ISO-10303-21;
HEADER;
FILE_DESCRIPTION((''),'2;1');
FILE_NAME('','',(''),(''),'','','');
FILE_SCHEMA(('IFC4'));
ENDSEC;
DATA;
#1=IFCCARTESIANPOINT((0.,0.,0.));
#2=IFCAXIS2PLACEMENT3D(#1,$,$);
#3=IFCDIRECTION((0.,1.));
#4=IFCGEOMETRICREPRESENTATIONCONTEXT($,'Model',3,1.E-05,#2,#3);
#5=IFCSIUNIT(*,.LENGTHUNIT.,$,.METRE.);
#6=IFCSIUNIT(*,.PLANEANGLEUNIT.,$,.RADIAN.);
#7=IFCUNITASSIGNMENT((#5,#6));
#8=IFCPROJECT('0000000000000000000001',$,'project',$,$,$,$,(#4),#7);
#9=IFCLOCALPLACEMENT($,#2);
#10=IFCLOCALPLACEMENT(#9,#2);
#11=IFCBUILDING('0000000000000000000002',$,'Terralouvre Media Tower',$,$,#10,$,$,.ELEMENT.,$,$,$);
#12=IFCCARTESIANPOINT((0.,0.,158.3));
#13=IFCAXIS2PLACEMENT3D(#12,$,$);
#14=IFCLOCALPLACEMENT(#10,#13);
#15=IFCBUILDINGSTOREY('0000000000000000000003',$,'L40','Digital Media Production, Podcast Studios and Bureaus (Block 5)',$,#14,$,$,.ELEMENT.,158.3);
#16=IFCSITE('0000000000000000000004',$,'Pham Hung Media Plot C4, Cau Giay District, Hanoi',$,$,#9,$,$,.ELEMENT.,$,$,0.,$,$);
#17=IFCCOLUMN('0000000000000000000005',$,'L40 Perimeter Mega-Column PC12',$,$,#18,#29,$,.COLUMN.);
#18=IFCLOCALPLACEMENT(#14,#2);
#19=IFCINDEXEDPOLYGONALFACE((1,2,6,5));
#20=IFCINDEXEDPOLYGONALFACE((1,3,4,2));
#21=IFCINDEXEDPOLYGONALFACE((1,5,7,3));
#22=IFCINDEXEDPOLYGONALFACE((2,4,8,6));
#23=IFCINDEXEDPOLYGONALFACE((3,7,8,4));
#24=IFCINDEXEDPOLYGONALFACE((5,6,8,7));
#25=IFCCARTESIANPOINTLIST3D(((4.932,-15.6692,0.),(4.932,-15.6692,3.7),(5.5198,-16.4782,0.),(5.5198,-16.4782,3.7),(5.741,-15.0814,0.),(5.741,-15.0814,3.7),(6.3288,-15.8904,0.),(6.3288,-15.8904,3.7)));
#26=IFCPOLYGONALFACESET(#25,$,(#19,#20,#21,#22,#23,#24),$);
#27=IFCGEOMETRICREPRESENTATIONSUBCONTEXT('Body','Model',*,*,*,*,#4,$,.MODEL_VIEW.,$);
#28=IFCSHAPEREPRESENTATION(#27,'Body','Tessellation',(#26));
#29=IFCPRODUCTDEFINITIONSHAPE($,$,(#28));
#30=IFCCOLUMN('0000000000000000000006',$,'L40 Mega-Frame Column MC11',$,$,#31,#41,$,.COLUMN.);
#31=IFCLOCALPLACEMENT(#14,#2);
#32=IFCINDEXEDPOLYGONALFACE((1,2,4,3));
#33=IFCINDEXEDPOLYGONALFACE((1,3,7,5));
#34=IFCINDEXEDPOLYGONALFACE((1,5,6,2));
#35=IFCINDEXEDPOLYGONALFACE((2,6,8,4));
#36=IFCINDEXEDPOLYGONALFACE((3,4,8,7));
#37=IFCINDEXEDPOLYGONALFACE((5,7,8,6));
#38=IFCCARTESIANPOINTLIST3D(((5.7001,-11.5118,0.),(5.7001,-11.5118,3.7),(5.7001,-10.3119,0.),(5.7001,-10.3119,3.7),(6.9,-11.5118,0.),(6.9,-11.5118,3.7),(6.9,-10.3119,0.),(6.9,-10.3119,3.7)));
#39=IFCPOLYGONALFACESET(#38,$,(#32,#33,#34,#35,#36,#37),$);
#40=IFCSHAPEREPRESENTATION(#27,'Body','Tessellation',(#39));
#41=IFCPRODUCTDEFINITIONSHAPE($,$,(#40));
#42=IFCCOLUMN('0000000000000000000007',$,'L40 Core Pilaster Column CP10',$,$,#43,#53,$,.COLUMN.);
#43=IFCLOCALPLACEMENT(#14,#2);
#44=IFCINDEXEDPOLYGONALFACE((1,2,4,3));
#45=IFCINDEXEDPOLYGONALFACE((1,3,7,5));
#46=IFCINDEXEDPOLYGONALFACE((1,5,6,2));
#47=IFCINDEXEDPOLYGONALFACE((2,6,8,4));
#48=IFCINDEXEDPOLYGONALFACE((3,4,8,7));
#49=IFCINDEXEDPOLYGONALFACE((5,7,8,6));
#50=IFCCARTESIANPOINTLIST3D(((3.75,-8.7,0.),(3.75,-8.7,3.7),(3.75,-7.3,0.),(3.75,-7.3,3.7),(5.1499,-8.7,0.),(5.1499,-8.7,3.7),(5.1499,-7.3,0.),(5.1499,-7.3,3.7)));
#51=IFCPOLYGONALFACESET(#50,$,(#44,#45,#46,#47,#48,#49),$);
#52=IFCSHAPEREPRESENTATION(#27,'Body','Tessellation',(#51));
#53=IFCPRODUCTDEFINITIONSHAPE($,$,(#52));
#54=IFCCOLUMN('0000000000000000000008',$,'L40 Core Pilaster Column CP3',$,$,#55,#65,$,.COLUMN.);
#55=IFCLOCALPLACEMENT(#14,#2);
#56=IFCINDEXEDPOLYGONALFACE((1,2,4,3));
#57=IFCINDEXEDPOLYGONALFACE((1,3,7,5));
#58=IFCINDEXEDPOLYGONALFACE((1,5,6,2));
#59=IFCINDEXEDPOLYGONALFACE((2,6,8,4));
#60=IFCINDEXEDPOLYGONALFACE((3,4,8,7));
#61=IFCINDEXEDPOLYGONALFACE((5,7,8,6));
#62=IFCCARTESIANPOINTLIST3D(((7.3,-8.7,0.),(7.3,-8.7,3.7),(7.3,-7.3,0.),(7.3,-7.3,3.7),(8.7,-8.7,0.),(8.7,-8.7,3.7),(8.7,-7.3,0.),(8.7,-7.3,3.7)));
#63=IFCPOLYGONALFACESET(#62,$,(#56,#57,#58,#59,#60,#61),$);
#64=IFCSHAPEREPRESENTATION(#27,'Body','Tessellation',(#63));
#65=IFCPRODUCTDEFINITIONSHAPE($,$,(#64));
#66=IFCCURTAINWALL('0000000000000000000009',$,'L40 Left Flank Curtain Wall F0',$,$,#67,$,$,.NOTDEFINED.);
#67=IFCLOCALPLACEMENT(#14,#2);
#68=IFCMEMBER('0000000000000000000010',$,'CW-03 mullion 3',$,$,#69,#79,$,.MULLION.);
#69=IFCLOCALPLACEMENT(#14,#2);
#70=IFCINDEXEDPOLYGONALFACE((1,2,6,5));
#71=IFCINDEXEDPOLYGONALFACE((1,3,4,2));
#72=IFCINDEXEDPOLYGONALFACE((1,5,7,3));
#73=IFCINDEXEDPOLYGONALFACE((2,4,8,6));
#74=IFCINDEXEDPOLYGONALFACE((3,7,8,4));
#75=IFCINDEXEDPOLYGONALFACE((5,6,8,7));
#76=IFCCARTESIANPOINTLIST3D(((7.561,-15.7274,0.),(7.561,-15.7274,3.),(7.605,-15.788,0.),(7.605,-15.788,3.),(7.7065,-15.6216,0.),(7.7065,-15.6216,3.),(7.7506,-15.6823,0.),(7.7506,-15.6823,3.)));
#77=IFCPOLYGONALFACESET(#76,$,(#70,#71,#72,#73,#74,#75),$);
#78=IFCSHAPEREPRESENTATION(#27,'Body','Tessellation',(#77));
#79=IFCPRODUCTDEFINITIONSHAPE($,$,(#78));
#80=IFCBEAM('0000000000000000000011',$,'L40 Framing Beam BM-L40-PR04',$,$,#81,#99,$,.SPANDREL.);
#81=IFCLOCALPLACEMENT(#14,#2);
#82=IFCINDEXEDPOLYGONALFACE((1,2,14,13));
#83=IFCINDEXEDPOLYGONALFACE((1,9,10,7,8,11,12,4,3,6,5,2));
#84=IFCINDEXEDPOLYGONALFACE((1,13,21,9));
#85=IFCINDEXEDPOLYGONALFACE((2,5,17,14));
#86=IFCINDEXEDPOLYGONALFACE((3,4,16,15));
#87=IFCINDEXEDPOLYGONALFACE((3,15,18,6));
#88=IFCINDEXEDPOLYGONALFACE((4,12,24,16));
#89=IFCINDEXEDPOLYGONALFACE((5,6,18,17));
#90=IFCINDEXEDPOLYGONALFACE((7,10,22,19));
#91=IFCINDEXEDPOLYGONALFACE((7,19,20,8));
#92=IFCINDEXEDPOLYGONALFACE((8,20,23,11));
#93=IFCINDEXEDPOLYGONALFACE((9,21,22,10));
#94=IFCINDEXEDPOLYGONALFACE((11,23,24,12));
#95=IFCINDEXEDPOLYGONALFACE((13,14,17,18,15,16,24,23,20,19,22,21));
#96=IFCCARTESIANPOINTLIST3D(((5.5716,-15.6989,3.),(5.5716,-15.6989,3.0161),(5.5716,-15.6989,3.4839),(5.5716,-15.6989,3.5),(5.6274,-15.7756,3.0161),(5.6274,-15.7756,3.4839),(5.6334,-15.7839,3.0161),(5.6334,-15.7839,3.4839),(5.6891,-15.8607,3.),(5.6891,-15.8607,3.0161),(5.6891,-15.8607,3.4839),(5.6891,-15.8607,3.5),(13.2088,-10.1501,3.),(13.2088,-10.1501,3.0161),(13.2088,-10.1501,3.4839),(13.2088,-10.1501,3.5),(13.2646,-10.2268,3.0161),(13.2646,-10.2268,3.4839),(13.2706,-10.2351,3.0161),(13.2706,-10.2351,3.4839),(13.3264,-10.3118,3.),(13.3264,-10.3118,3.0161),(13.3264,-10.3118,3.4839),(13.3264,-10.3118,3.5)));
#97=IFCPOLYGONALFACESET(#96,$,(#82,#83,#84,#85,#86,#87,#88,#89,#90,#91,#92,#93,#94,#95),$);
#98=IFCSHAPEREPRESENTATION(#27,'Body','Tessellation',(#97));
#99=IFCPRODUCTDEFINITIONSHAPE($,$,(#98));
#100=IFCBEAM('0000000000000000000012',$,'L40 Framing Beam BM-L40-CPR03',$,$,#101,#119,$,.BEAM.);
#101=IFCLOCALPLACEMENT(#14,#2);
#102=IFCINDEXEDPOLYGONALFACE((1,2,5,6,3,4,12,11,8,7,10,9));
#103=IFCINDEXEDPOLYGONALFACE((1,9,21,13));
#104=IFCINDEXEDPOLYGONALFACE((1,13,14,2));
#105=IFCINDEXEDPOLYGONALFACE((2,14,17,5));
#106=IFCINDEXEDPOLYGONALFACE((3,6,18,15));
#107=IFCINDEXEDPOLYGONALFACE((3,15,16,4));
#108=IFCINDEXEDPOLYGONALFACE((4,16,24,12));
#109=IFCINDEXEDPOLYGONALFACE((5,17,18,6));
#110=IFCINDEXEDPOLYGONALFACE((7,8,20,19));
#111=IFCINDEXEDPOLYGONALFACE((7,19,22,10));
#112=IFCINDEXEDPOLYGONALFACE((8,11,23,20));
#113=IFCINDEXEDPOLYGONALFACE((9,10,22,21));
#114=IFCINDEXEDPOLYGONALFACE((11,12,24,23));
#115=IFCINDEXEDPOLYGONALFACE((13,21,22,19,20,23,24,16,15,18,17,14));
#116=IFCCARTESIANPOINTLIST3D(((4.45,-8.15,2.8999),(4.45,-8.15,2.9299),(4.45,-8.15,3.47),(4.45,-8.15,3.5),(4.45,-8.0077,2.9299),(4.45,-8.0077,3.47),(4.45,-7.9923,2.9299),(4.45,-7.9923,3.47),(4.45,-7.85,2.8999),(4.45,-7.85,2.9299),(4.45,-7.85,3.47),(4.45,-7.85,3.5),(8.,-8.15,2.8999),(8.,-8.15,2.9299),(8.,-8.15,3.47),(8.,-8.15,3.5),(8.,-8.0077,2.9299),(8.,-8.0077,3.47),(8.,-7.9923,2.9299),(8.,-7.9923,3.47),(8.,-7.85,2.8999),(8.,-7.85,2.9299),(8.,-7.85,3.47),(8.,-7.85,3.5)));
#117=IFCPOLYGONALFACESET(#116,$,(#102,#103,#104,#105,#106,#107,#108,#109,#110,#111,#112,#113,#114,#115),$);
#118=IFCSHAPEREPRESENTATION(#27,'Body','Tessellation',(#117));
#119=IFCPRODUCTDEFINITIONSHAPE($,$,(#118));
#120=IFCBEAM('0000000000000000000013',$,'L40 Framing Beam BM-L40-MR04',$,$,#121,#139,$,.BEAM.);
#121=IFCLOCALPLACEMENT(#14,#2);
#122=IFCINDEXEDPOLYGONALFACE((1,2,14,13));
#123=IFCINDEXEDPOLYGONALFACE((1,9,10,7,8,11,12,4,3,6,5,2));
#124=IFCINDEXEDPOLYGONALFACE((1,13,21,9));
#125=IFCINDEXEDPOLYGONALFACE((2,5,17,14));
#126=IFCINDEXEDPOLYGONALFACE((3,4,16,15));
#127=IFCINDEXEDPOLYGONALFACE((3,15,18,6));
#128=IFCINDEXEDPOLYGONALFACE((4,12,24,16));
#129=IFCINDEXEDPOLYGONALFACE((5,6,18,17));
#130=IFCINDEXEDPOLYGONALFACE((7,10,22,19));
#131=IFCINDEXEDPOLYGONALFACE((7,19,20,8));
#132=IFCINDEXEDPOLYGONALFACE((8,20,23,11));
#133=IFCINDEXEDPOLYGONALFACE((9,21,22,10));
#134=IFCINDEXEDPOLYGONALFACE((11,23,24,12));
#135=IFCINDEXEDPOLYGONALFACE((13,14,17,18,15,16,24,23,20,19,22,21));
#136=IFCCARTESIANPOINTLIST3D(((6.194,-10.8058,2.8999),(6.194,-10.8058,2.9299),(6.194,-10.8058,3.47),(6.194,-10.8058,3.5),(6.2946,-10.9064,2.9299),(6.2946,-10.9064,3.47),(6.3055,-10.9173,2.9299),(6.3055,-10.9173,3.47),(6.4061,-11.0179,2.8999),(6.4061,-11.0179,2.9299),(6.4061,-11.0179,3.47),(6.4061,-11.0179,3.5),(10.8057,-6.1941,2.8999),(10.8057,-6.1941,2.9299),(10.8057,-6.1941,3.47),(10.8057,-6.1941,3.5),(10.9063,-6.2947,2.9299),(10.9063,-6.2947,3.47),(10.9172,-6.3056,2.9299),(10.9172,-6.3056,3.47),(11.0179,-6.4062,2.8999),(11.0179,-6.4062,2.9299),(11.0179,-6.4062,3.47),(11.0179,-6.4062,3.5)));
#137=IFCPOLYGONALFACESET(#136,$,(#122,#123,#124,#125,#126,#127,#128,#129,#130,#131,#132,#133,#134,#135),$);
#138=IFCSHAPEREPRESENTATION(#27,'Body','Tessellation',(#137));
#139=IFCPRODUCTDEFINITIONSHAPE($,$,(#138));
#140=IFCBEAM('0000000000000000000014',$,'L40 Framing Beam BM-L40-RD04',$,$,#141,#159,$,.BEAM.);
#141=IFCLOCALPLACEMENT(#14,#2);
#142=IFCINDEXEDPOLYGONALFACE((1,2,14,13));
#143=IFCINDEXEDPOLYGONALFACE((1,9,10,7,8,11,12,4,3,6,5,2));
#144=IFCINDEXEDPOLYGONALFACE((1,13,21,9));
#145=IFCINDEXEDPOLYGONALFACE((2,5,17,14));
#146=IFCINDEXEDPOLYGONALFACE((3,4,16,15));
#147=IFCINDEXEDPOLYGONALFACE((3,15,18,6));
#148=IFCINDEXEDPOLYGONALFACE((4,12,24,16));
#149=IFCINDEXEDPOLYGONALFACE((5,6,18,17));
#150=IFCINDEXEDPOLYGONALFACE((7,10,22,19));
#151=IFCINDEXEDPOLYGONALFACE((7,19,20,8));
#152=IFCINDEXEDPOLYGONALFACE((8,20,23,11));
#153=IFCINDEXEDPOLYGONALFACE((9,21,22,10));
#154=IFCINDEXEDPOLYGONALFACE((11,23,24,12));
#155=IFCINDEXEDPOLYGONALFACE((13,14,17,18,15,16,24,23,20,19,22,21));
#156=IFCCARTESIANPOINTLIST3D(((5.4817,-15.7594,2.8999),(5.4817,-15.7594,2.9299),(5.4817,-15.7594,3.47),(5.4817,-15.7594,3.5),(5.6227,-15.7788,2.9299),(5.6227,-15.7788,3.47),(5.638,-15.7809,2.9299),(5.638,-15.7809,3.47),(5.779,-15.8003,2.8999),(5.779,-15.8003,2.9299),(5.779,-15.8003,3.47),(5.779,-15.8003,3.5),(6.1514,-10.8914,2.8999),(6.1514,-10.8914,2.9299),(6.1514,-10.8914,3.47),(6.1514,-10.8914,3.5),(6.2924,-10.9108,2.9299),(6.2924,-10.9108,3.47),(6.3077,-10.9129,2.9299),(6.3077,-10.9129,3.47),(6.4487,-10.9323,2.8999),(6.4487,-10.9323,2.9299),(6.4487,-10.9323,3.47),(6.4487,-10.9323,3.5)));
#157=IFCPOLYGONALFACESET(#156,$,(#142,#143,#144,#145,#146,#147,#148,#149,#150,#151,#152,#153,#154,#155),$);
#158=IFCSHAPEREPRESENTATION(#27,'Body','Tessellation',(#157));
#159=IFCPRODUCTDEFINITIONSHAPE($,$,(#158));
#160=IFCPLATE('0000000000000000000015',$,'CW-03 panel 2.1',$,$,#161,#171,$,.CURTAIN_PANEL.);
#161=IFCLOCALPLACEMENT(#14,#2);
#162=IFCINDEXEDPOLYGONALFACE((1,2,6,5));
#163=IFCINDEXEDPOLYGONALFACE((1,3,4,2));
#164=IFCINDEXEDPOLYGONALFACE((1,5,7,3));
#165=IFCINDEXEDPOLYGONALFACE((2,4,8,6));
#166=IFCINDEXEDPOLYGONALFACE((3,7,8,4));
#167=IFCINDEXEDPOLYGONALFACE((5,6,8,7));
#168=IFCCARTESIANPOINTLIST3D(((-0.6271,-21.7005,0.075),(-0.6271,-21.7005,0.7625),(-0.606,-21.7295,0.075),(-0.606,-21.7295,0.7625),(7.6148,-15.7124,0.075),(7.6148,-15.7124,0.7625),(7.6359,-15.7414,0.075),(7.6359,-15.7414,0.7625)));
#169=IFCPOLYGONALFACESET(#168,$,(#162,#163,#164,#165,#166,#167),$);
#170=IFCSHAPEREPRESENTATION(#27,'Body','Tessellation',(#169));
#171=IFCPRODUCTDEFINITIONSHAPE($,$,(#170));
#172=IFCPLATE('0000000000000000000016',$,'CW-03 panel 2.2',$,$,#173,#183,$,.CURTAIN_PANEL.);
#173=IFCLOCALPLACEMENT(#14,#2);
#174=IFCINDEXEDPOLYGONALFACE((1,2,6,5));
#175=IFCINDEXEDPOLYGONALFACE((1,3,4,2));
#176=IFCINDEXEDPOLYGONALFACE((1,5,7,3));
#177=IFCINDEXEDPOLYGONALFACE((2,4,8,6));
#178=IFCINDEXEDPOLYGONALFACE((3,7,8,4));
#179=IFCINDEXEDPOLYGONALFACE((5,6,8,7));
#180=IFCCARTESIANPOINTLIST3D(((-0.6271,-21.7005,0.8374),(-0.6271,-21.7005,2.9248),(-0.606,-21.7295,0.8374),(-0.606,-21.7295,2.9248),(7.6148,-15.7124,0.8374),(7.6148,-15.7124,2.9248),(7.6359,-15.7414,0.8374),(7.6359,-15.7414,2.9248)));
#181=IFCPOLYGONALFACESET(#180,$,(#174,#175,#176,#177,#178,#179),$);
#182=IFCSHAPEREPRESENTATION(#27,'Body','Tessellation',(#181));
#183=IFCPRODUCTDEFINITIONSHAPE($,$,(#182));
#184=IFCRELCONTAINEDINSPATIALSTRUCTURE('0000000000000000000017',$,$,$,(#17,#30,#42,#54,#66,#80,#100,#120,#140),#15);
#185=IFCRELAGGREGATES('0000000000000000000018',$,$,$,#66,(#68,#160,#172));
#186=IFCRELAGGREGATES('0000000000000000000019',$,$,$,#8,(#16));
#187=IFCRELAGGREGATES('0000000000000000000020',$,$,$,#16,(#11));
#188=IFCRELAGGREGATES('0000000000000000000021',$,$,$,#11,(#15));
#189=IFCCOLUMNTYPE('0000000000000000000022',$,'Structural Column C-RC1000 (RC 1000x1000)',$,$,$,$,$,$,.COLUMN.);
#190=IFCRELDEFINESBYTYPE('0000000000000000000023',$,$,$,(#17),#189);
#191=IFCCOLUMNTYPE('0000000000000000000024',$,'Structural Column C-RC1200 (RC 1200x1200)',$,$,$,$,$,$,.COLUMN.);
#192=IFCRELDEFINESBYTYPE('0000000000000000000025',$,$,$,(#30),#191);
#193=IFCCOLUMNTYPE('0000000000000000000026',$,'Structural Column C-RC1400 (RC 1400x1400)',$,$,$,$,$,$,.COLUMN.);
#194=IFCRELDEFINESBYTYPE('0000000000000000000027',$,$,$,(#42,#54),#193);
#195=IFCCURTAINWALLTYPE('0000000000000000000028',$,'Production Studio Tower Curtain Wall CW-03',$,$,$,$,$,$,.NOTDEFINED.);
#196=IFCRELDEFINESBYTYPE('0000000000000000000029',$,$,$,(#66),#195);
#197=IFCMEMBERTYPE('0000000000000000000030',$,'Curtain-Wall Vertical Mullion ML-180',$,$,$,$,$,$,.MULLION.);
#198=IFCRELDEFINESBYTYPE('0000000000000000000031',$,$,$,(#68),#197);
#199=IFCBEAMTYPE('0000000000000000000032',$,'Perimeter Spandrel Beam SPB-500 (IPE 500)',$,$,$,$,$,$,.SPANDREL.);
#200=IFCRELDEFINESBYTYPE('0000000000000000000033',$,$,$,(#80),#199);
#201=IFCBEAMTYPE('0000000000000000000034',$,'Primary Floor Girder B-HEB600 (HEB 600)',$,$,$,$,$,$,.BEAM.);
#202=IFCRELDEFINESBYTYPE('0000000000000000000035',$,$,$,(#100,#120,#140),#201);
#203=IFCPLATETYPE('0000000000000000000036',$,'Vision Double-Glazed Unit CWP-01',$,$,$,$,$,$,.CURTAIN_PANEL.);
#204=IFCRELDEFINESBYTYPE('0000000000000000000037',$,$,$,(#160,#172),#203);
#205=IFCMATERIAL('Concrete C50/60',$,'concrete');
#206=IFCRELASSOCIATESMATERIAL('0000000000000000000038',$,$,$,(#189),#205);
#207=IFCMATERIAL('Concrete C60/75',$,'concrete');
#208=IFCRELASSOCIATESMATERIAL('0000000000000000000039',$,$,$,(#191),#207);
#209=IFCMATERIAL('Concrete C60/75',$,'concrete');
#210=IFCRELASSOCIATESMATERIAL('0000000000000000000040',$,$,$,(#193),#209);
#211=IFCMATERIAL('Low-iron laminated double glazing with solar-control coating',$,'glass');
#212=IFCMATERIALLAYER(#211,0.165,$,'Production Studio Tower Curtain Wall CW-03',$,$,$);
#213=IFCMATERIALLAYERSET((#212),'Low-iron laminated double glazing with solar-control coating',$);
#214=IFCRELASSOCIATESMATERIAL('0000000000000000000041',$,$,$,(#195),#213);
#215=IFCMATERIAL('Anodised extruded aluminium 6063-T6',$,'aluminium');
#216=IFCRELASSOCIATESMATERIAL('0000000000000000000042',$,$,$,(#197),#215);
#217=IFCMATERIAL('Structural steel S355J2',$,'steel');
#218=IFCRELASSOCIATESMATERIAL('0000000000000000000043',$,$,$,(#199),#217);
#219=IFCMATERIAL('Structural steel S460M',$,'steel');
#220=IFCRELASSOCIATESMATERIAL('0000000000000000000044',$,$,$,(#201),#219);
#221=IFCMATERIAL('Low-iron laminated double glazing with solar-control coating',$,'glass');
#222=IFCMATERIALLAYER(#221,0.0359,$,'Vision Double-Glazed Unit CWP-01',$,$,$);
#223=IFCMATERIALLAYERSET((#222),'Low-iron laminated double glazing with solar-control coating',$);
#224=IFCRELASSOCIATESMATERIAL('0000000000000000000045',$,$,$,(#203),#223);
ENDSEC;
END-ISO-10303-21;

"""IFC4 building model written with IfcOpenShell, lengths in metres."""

from ifc_helpers import new_model, si_unit, direction, frame, origin, origin_2d, place, context, subcontext, project, spatial, rectangle, i_section, extrude, material, layer, layer_set, material_profile, profile_set, type_object, element, aggregate, save


model = new_model("IFC4")

# Units and contexts
model_context = context("Model", 3, precision=1e-05, world=origin(), true_north=direction((0.0, 1.0)))
body_context = subcontext(model_context, "Body", "Model", "MODEL_VIEW")
ifc_project = project(units=[si_unit("LENGTHUNIT", "METRE"), si_unit("PLANEANGLEUNIT", "RADIAN")], contexts=[model_context])

# Site, building, storey
site_placement = place(None, origin())
site = spatial("IfcSite", under=ifc_project, at=site_placement, Name="Pham Hung Media Plot C4, Cau Giay District, Hanoi", CompositionType="ELEMENT", RefElevation=0.0)
building_placement = place(site_placement, origin())
building = spatial("IfcBuilding", under=site, at=building_placement, Name="Terralouvre Media Tower", CompositionType="ELEMENT")
storey_placement = place(building_placement, frame((0.0, 0.0, 158.3)))
storey = spatial("IfcBuildingStorey", under=building, at=storey_placement, Name="L40", Description="Digital Media Production, Podcast Studios and Bureaus (Block 5)", CompositionType="ELEMENT", Elevation=158.3)

# Columns
ifc_material_1 = material(Name="Concrete C50/60", Category="concrete")
ifc_material_profile_1 = material_profile(ifc_material_1, rectangle(XDim=1.0, YDim=1.0, at=origin_2d()), Name="RC 1000x1000")
ifc_profile_set_1 = profile_set([ifc_material_profile_1], Name="Concrete C50/60")
column_type_1 = type_object("IfcColumnType", Name="Structural Column C-RC1000 (RC 1000x1000)", PredefinedType="COLUMN", material=ifc_profile_set_1)
column_1_placement = place(storey_placement, frame((5.6304, -15.7798, 0.0), z_axis=(0.0, 0.0, 1.0), x_axis=(0.809017, 0.587785, 0.0)))
element("IfcColumn", 1, at=column_1_placement, inside=storey, type_object=column_type_1, Name="L40 Perimeter Mega-Column PC12", PredefinedType="COLUMN", context=body_context, shape_type="SweptSolid", body=[
    extrude(rectangle(XDim=1.0, YDim=1.0, at=origin_2d()), origin(), (0.0, 0.0, 1.0), 3.7),
])
ifc_material_2 = material(Name="Concrete C60/75", Category="concrete")
ifc_material_profile_2 = material_profile(ifc_material_2, rectangle(XDim=1.2, YDim=1.2, at=origin_2d()), Name="RC 1200x1200")
ifc_profile_set_2 = profile_set([ifc_material_profile_2], Name="Concrete C60/75")
column_type_2 = type_object("IfcColumnType", Name="Structural Column C-RC1200 (RC 1200x1200)", PredefinedType="COLUMN", material=ifc_profile_set_2)
column_2_placement = place(storey_placement, frame((6.3, -10.9119, 0.0), z_axis=(0.0, 0.0, 1.0), x_axis=(1.0, 0.0, 0.0)))
element("IfcColumn", 2, at=column_2_placement, inside=storey, type_object=column_type_2, Name="L40 Mega-Frame Column MC11", PredefinedType="COLUMN", context=body_context, shape_type="SweptSolid", body=[
    extrude(rectangle(XDim=1.2, YDim=1.2, at=origin_2d()), origin(), (0.0, 0.0, 1.0), 3.7),
])
ifc_material_3 = material(Name="Concrete C60/75", Category="concrete")
ifc_material_profile_3 = material_profile(ifc_material_3, rectangle(XDim=1.3999, YDim=1.3999, at=origin_2d()), Name="RC 1400x1400")
ifc_profile_set_3 = profile_set([ifc_material_profile_3], Name="Concrete C60/75")
column_type_3 = type_object("IfcColumnType", Name="Structural Column C-RC1400 (RC 1400x1400)", PredefinedType="COLUMN", material=ifc_profile_set_3)
for number, where, z_axis, x_axis, name in (
    (3, (4.45, -8.0, 0.0), (0.0, 0.0, 1.0), (1.0, 0.0, 0.0), "L40 Core Pilaster Column CP10"),
    (4, (8.0, -8.0, 0.0), (0.0, 0.0, 1.0), (1.0, 0.0, 0.0), "L40 Core Pilaster Column CP3"),
):
    element("IfcColumn", number, at=place(storey_placement, frame(where, z_axis=z_axis, x_axis=x_axis)), inside=storey, type_object=column_type_3, Name=name, PredefinedType="COLUMN", context=body_context, shape_type="SweptSolid", body=[
        extrude(rectangle(XDim=1.3999, YDim=1.3999, at=origin_2d()), origin(), (0.0, 0.0, 1.0), 3.7),
    ])

# Curtain wall, member
ifc_material_4 = material(Name="Low-iron laminated double glazing with solar-control coating", Category="glass")
ifc_layer_1 = layer(ifc_material_4, 0.165, Name="Production Studio Tower Curtain Wall CW-03")
ifc_layer_set_1 = layer_set([ifc_layer_1], Name="Low-iron laminated double glazing with solar-control coating")
curtain_wall_type = type_object("IfcCurtainWallType", Name="Production Studio Tower Curtain Wall CW-03", PredefinedType="NOTDEFINED", material=ifc_layer_set_1)
curtain_wall_placement = place(storey_placement, origin())
curtain_wall = element("IfcCurtainWall", 5, at=curtain_wall_placement, inside=storey, type_object=curtain_wall_type, Name="L40 Left Flank Curtain Wall F0", PredefinedType="NOTDEFINED")
ifc_material_5 = material(Name="Anodised extruded aluminium 6063-T6", Category="aluminium")
ifc_material_profile_4 = material_profile(ifc_material_5, rectangle(XDim=0.075, YDim=0.1799, at=origin_2d()), Name="ALU 75x180")
ifc_profile_set_4 = profile_set([ifc_material_profile_4], Name="Anodised extruded aluminium 6063-T6")
member_type = type_object("IfcMemberType", Name="Curtain-Wall Vertical Mullion ML-180", PredefinedType="MULLION", material=ifc_profile_set_4)
member_placement = place(storey_placement, frame((7.6558, -15.7048, 0.0), z_axis=(0.0, 0.0, 1.0), x_axis=(-0.587785, 0.809017, 0.0)))
member = element("IfcMember", 6, at=member_placement, type_object=member_type, Name="CW-03 mullion 3", PredefinedType="MULLION", context=body_context, shape_type="SweptSolid", body=[
    extrude(rectangle(XDim=0.075, YDim=0.1799, at=origin_2d()), origin(), (0.0, 0.0, 1.0), 3.0),
])

# Beams
ifc_material_6 = material(Name="Structural steel S355J2", Category="steel")
ifc_material_profile_5 = material_profile(ifc_material_6, i_section(OverallWidth=0.2, OverallDepth=0.5, WebThickness=0.0103, FlangeThickness=0.0161, at=origin_2d()), Name="IPE 500")
ifc_profile_set_5 = profile_set([ifc_material_profile_5], Name="Structural steel S355J2")
beam_type_1 = type_object("IfcBeamType", Name="Perimeter Spandrel Beam SPB-500 (IPE 500)", PredefinedType="SPANDREL", material=ifc_profile_set_5)
beam_1_placement = place(storey_placement, frame((5.6304, -15.7798, 3.25), z_axis=(0.809013, 0.58779, 0.0), x_axis=(-0.58779, 0.809013, 0.0)))
element("IfcBeam", 7, at=beam_1_placement, inside=storey, type_object=beam_type_1, Name="L40 Framing Beam BM-L40-PR04", PredefinedType="SPANDREL", context=body_context, shape_type="SweptSolid", body=[
    extrude(i_section(OverallWidth=0.2, OverallDepth=0.5, WebThickness=0.0103, FlangeThickness=0.0161, at=origin_2d()), origin(), (0.0, 0.0, 1.0), 9.4402),
])
ifc_material_7 = material(Name="Structural steel S460M", Category="steel")
ifc_material_profile_6 = material_profile(ifc_material_7, i_section(OverallWidth=0.3, OverallDepth=0.6001, WebThickness=0.0154, FlangeThickness=0.03, at=origin_2d()), Name="HEB 600")
ifc_profile_set_6 = profile_set([ifc_material_profile_6], Name="Structural steel S460M")
beam_type_2 = type_object("IfcBeamType", Name="Primary Floor Girder B-HEB600 (HEB 600)", PredefinedType="BEAM", material=ifc_profile_set_6)
beam_2_placement = place(storey_placement, frame((4.45, -8.0, 3.2), z_axis=(1.0, 0.0, 0.0), x_axis=(0.0, 1.0, 0.0)))
element("IfcBeam", 8, at=beam_2_placement, inside=storey, type_object=beam_type_2, Name="L40 Framing Beam BM-L40-CPR03", PredefinedType="BEAM", context=body_context, shape_type="SweptSolid", body=[
    extrude(i_section(OverallWidth=0.3, OverallDepth=0.6001, WebThickness=0.0154, FlangeThickness=0.03, at=origin_2d()), origin(), (0.0, 0.0, 1.0), 3.55),
])
beam_3_placement = place(storey_placement, frame((6.3, -10.9119, 3.2), z_axis=(0.707107, 0.707107, 0.0), x_axis=(-0.707107, 0.707107, 0.0)))
element("IfcBeam", 9, at=beam_3_placement, inside=storey, type_object=beam_type_2, Name="L40 Framing Beam BM-L40-MR04", PredefinedType="BEAM", context=body_context, shape_type="SweptSolid", body=[
    extrude(i_section(OverallWidth=0.3, OverallDepth=0.6001, WebThickness=0.0154, FlangeThickness=0.03, at=origin_2d()), origin(), (0.0, 0.0, 1.0), 6.522),
])
beam_4_placement = place(storey_placement, frame((6.3, -10.9119, 3.2), z_axis=(-0.136286, -0.99067, 0.0), x_axis=(0.99067, -0.136286, 0.0)))
element("IfcBeam", 10, at=beam_4_placement, inside=storey, type_object=beam_type_2, Name="L40 Framing Beam BM-L40-RD04", PredefinedType="BEAM", context=body_context, shape_type="SweptSolid", body=[
    extrude(i_section(OverallWidth=0.3, OverallDepth=0.6001, WebThickness=0.0154, FlangeThickness=0.03, at=origin_2d()), origin(), (0.0, 0.0, 1.0), 4.9138),
])

# Plates
ifc_material_8 = material(Name="Low-iron laminated double glazing with solar-control coating", Category="glass")
ifc_layer_2 = layer(ifc_material_8, 0.0359, Name="Vision Double-Glazed Unit CWP-01")
ifc_layer_set_2 = layer_set([ifc_layer_2], Name="Low-iron laminated double glazing with solar-control coating")
plate_type = type_object("IfcPlateType", Name="Vision Double-Glazed Unit CWP-01", PredefinedType="CURTAIN_PANEL", material=ifc_layer_set_2)
plate_1_placement = place(storey_placement, frame((3.5044, -18.7209, 0.075), z_axis=(0.0, 0.0, 1.0), x_axis=(0.809017, 0.587785, 0.0)))
plate_1 = element("IfcPlate", 11, at=plate_1_placement, type_object=plate_type, Name="CW-03 panel 2.1", PredefinedType="CURTAIN_PANEL", context=body_context, shape_type="SweptSolid", body=[
    extrude(rectangle(XDim=10.1875, YDim=0.0359, at=origin_2d()), origin(), (0.0, 0.0, 1.0), 0.6875),
])
plate_2_placement = place(storey_placement, frame((3.5044, -18.7209, 0.8374), z_axis=(0.0, 0.0, 1.0), x_axis=(0.809017, 0.587785, 0.0)))
plate_2 = element("IfcPlate", 12, at=plate_2_placement, type_object=plate_type, Name="CW-03 panel 2.2", PredefinedType="CURTAIN_PANEL", context=body_context, shape_type="SweptSolid", body=[
    extrude(rectangle(XDim=10.1875, YDim=0.0359, at=origin_2d()), origin(), (0.0, 0.0, 1.0), 2.0874),
])
aggregate(curtain_wall, [member, plate_1, plate_2])

save(model, "model.ifc")
